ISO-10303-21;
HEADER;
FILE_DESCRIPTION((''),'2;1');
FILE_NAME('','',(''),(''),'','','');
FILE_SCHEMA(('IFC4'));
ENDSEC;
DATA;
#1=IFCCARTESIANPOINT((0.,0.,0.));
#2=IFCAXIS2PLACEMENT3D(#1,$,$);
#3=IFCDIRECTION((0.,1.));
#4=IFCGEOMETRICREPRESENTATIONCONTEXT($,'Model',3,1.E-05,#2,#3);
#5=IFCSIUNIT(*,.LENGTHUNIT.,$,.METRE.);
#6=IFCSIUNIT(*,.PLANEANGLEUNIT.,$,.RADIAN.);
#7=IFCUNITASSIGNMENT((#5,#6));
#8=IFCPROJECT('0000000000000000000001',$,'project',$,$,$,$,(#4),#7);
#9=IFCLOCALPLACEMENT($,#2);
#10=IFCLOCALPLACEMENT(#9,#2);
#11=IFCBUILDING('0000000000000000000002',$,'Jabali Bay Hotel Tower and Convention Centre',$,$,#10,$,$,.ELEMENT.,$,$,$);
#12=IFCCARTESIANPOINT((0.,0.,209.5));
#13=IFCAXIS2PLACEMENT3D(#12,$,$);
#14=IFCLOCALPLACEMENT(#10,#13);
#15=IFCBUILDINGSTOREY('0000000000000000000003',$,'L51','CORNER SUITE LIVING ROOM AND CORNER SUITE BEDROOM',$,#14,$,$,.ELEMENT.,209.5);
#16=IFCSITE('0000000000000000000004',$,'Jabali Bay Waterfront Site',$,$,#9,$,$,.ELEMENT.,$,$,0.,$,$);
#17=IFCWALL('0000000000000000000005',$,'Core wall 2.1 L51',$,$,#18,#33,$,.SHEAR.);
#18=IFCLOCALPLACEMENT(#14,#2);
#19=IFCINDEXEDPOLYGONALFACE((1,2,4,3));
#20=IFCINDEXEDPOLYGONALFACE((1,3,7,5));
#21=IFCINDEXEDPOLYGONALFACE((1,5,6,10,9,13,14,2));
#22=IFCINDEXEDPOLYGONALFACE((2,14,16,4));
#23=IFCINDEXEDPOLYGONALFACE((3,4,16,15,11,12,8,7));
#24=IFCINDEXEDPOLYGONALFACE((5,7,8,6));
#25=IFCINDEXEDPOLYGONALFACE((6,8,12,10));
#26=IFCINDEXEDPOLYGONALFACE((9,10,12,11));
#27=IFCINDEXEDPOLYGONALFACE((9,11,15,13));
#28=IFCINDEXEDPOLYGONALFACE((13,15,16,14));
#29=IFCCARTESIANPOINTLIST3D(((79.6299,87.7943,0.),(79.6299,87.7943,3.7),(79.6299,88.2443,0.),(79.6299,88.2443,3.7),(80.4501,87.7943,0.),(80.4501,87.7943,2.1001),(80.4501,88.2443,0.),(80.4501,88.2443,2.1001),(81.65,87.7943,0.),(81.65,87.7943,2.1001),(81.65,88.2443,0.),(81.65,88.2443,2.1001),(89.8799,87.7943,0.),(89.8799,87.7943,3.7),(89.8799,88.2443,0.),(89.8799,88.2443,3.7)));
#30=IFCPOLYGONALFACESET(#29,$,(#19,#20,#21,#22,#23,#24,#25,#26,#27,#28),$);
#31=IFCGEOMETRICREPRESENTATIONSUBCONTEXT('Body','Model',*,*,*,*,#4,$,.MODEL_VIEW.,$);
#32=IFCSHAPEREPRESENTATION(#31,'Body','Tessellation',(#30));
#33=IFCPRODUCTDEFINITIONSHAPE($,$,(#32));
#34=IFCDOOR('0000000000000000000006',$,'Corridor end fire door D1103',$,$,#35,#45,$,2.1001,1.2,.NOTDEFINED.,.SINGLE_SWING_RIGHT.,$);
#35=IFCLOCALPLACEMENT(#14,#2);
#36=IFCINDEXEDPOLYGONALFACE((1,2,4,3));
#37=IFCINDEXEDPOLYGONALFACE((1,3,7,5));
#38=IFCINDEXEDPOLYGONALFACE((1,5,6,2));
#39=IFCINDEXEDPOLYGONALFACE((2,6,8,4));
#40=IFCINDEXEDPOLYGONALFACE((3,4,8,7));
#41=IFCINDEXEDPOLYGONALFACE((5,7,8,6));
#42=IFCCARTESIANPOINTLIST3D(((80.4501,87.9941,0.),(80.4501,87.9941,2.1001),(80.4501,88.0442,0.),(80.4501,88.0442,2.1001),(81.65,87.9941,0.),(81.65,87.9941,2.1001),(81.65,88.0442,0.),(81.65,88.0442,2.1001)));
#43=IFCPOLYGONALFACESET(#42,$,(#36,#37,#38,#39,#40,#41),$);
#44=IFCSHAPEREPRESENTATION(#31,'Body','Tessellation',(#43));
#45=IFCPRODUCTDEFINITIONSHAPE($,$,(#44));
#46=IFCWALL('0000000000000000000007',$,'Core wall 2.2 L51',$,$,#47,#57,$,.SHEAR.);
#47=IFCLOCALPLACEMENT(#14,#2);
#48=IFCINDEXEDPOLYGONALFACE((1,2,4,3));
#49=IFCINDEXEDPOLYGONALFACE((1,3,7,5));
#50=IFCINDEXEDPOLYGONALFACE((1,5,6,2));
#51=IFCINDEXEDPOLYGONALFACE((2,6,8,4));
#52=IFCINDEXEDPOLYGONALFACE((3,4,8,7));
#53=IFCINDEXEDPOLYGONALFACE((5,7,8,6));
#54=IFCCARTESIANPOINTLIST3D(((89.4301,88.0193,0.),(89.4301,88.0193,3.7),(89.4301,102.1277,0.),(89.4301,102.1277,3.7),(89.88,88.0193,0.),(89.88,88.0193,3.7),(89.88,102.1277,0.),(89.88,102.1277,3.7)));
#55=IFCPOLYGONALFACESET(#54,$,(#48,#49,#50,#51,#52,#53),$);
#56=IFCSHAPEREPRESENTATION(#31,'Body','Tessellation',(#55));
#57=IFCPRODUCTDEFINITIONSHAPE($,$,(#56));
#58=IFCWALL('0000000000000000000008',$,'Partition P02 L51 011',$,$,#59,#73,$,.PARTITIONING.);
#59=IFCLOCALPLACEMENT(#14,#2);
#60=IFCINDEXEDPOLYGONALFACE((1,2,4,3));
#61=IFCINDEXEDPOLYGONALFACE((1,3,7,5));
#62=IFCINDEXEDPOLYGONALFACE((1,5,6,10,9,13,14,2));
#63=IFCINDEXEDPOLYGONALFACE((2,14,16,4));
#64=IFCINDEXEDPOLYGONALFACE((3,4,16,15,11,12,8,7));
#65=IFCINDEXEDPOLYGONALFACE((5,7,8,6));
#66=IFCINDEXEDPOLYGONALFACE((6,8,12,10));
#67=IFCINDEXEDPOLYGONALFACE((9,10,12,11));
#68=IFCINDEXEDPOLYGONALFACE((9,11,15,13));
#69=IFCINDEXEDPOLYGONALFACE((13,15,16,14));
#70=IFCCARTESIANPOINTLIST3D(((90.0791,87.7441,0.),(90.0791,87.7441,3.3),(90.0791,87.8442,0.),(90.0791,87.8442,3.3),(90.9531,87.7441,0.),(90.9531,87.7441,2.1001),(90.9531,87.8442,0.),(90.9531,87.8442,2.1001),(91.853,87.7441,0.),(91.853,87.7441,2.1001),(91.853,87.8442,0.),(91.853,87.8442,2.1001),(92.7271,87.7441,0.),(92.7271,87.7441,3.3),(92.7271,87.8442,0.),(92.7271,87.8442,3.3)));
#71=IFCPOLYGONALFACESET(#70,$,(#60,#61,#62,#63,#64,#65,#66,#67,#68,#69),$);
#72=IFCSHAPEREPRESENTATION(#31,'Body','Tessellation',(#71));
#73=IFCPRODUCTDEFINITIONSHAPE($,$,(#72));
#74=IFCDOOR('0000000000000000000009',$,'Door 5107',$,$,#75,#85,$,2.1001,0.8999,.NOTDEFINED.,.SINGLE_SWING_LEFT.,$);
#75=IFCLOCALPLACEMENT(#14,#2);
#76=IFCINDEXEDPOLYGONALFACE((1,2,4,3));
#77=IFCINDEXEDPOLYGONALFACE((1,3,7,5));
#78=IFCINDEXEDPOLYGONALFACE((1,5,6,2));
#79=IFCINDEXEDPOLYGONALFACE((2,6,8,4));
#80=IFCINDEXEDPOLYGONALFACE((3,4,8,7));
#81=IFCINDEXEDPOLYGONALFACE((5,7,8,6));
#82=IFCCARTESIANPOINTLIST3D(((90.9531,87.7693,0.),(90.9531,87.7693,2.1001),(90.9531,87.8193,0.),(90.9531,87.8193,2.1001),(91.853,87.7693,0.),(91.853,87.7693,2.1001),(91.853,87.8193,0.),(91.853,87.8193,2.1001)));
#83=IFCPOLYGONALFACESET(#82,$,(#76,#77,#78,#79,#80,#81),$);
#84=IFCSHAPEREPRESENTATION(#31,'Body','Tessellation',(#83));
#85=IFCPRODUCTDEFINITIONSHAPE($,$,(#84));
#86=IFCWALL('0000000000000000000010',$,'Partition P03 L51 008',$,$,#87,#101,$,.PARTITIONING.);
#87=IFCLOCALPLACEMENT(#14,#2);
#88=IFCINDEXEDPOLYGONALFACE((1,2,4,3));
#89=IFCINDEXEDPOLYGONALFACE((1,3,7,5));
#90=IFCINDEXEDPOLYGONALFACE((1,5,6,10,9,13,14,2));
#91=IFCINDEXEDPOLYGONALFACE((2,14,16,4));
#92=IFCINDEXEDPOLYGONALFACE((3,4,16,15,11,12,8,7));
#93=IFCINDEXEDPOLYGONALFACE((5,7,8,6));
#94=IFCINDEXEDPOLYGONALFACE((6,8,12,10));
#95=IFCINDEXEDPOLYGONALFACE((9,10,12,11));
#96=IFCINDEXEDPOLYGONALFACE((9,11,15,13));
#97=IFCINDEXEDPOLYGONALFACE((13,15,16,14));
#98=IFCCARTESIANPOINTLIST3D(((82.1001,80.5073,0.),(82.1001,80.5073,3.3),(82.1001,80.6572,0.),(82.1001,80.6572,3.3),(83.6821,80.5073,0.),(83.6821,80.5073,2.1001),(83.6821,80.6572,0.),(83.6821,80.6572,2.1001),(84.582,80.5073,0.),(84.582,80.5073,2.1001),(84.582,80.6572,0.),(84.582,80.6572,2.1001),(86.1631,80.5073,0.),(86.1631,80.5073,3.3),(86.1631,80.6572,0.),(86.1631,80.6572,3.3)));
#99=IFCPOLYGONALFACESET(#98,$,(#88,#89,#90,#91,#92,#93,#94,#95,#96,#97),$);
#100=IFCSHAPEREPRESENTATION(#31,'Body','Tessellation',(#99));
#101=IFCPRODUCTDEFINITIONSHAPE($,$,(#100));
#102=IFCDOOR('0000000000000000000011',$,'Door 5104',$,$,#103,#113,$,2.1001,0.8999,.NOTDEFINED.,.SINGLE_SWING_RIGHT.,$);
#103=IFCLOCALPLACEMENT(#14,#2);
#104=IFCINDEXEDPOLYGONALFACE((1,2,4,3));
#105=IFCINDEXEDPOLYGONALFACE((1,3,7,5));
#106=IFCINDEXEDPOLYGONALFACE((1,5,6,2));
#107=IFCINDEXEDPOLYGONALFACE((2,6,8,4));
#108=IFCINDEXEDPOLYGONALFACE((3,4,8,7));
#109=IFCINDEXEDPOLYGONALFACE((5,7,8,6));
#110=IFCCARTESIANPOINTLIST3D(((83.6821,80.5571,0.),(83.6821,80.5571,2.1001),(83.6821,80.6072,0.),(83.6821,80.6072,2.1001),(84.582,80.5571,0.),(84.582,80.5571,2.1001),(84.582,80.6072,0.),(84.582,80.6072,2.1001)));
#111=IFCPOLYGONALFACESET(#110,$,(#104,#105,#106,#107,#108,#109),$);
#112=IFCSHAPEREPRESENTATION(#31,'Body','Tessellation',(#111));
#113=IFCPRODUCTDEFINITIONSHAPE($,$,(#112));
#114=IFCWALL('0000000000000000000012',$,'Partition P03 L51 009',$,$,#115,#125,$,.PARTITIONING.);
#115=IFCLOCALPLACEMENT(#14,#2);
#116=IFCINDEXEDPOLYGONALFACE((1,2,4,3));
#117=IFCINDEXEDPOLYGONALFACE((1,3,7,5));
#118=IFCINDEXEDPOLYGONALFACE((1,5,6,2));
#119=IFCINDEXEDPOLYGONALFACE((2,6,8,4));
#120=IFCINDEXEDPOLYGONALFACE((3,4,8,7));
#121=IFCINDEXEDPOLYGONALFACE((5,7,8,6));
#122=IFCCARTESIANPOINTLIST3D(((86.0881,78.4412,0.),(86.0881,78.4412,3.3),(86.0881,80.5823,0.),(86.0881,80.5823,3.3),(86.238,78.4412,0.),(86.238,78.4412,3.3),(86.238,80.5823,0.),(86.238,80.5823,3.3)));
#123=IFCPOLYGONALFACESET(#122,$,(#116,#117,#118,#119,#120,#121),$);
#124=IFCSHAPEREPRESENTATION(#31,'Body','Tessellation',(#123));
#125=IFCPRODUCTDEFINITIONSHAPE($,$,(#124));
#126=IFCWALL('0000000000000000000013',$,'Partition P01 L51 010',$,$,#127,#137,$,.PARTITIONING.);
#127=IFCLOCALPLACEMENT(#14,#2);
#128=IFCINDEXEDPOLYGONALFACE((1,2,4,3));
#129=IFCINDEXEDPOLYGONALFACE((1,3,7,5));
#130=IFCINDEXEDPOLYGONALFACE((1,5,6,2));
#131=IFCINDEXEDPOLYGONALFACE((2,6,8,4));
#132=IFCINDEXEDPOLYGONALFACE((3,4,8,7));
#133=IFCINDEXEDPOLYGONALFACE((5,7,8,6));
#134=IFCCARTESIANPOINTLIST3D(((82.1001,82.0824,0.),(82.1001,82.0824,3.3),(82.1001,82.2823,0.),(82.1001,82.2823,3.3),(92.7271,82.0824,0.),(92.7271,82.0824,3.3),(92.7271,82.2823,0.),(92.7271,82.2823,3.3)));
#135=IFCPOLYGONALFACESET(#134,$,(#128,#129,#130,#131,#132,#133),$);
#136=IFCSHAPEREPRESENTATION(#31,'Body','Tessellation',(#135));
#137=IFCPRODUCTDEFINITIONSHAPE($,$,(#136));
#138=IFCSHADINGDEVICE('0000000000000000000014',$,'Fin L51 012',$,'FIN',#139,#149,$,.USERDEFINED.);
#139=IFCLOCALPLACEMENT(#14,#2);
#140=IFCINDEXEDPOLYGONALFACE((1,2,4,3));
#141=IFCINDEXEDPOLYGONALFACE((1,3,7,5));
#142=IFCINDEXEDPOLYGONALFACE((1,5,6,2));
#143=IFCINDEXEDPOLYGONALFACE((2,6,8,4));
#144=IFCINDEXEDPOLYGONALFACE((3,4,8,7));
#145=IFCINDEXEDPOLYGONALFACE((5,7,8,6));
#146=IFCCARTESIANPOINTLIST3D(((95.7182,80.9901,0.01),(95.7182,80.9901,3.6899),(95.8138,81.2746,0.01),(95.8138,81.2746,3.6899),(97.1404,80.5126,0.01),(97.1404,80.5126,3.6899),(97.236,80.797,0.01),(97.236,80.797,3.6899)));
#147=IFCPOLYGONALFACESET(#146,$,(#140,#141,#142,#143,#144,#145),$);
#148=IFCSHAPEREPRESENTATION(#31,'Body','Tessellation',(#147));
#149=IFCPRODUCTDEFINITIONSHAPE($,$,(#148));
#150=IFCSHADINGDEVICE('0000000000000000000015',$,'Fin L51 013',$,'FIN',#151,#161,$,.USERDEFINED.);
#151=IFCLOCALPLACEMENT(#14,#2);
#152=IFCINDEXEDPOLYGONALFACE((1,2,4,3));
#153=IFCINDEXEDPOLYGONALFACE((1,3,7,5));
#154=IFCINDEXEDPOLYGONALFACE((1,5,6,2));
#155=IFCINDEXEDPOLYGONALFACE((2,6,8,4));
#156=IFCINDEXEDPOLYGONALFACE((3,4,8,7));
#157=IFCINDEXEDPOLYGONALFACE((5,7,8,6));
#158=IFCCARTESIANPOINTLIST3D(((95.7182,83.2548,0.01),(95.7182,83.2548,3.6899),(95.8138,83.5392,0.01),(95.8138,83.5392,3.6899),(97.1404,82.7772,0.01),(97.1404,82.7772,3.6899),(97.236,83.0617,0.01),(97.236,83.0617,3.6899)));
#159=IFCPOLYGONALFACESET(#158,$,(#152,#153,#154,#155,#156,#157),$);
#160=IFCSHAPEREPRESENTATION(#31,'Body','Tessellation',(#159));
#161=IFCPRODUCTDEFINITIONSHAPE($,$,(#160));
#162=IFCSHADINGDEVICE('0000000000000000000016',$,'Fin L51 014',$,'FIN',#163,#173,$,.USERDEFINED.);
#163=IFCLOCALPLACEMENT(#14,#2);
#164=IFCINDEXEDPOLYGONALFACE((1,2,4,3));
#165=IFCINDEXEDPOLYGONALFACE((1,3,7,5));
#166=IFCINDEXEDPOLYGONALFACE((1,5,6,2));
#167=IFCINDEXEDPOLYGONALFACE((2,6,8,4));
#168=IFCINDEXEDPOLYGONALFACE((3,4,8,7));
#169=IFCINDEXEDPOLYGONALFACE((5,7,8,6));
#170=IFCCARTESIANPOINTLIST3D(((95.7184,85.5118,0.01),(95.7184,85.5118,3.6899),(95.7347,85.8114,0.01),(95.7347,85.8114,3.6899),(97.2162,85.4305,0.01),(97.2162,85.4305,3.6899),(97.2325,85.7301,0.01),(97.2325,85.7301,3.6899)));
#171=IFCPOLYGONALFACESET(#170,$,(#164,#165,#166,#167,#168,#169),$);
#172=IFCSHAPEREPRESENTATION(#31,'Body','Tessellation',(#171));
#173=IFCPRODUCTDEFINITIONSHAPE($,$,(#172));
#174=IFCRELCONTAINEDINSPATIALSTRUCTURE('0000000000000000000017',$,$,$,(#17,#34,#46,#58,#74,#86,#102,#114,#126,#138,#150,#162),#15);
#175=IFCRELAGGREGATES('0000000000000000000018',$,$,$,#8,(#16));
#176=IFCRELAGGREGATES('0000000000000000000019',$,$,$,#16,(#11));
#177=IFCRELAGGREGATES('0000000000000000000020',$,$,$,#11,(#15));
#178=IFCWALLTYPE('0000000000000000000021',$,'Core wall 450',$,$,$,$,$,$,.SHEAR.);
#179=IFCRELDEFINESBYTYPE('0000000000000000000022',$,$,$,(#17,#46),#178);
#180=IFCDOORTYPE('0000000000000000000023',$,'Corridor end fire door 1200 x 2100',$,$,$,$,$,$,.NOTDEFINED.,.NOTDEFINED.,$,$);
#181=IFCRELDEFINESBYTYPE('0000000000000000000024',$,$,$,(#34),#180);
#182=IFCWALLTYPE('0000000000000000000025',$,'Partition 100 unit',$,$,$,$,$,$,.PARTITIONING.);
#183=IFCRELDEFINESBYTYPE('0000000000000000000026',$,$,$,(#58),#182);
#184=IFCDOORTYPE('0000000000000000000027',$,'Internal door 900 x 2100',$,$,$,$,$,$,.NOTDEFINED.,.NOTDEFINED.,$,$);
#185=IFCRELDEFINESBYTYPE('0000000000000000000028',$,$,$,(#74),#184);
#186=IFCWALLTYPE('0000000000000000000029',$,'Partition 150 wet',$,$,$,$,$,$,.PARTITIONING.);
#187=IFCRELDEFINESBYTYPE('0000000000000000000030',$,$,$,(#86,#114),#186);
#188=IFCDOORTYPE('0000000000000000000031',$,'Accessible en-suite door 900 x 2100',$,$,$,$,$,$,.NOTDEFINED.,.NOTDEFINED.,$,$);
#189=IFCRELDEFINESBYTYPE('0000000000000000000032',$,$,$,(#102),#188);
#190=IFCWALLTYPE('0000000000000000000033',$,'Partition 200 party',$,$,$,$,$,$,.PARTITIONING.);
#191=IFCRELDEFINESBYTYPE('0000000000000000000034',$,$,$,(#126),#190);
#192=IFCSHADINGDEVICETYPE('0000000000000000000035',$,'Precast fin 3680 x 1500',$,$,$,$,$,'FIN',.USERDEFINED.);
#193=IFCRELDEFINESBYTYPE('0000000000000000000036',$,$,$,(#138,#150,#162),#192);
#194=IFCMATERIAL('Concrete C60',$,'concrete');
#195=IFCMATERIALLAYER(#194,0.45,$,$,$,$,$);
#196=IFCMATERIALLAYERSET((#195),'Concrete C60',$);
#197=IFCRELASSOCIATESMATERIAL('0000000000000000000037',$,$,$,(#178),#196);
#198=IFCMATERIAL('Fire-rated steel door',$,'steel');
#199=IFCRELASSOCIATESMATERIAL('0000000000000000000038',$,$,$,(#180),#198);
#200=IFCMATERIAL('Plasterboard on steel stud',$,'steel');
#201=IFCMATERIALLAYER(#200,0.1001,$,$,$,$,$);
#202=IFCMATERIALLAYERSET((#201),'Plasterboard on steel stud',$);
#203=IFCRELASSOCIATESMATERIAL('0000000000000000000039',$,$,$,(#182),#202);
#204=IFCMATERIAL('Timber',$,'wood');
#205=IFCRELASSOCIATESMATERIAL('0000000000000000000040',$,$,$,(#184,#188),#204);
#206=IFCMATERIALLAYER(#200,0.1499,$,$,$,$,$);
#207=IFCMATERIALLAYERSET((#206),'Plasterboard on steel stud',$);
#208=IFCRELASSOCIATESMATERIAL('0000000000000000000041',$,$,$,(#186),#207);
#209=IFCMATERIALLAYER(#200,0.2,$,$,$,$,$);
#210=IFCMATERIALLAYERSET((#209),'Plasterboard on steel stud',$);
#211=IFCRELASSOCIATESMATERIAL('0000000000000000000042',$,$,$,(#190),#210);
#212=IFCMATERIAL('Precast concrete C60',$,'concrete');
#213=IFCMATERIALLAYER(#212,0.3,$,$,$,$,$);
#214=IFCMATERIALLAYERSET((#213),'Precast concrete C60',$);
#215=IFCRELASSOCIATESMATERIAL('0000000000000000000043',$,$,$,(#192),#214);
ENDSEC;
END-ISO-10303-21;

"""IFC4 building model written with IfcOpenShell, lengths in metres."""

from ifc_helpers import new_model, si_unit, direction, frame, frame_2d, origin, place, context, subcontext, project, spatial, rectangle, extrude, material, layer, layer_set, type_object, element, fill, save


model = new_model("IFC4")

# Units and contexts
model_context = context("Model", 3, precision=1e-05, world=origin(), true_north=direction((0.0, 1.0)))
body_context = subcontext(model_context, "Body", "Model", "MODEL_VIEW")
ifc_project = project(units=[si_unit("LENGTHUNIT", "METRE"), si_unit("PLANEANGLEUNIT", "RADIAN")], contexts=[model_context])

# Site, building, storey
site_placement = place(None, origin())
site = spatial("IfcSite", under=ifc_project, at=site_placement, Name="Jabali Bay Waterfront Site", CompositionType="ELEMENT", RefElevation=0.0)
building_placement = place(site_placement, origin())
building = spatial("IfcBuilding", under=site, at=building_placement, Name="Jabali Bay Hotel Tower and Convention Centre", CompositionType="ELEMENT")
storey_placement = place(building_placement, frame((0.0, 0.0, 209.5)))
storey = spatial("IfcBuildingStorey", under=building, at=storey_placement, Name="L51", Description="CORNER SUITE LIVING ROOM AND CORNER SUITE BEDROOM", CompositionType="ELEMENT", Elevation=209.5)

# Shared definitions
ifc_material_1 = material(Name="Concrete C60", Category="concrete")

# Shared definitions
ifc_material_2 = material(Name="Fire-rated steel door", Category="steel")

# Wall, opening, door
ifc_layer_1 = layer(ifc_material_1, 0.45)
ifc_layer_set_1 = layer_set([ifc_layer_1], Name="Concrete C60")
wall_type_1 = type_object("IfcWallType", Name="Core wall 450", PredefinedType="SHEAR", material=ifc_layer_set_1)
wall_1_placement = place(storey_placement, frame((79.6299, 88.0193, 0.0), z_axis=(0.0, 0.0, 1.0), x_axis=(1.0, 0.0, 0.0)))
wall_1 = element("IfcWall", 1, at=wall_1_placement, inside=storey, type_object=wall_type_1, Name="Core wall 2.1 L51", PredefinedType="SHEAR", context=body_context, shape_type="SweptSolid", body=[
    extrude(rectangle(XDim=10.25, YDim=0.45, at=frame_2d((5.125, 0.0))), origin(), (0.0, 0.0, 1.0), 3.7),
])
opening_1_placement = place(wall_1_placement, frame((0.8201, 0.0, 0.0)))
opening_1 = element("IfcOpeningElement", 2, at=opening_1_placement, cuts=wall_1, PredefinedType="OPENING", context=body_context, shape_type="SweptSolid", body=[
    extrude(rectangle(XDim=1.2, YDim=2.1001, at=frame_2d((0.6001, 1.05))), frame((0.0, 0.2354, 0.0), z_axis=(0.0, -1.0, 0.0), x_axis=(1.0, 0.0, 0.0)), (0.0, 0.0, 1.0), 0.4709),
])
door_type_1 = type_object("IfcDoorType", Name="Corridor end fire door 1200 x 2100", OperationType="NOTDEFINED", PredefinedType="NOTDEFINED", material=ifc_material_2)
door_1_placement = place(opening_1_placement, origin())
door_1 = element("IfcDoor", 3, at=door_1_placement, inside=storey, type_object=door_type_1, Name="Corridor end fire door D1103", OperationType="SINGLE_SWING_RIGHT", OverallHeight=2.1001, OverallWidth=1.2, PredefinedType="NOTDEFINED", context=body_context, shape_type="SweptSolid", body=[
    extrude(rectangle(XDim=1.2, YDim=2.1001, at=frame_2d((0.6001, 1.05))), frame((0.0, 0.0249, 0.0), z_axis=(0.0, -1.0, 0.0), x_axis=(1.0, 0.0, 0.0)), (0.0, 0.0, 1.0), 0.05),
])
fill(opening_1, door_1)

# Wall
wall_2_placement = place(storey_placement, frame((89.655, 88.0193, 0.0), z_axis=(0.0, 0.0, 1.0), x_axis=(0.0, 1.0, 0.0)))
element("IfcWall", 4, at=wall_2_placement, inside=storey, type_object=wall_type_1, Name="Core wall 2.2 L51", PredefinedType="SHEAR", context=body_context, shape_type="SweptSolid", body=[
    extrude(rectangle(XDim=14.1084, YDim=0.45, at=frame_2d((7.0542, 0.0))), origin(), (0.0, 0.0, 1.0), 3.7),
])

# Walls, openings, doors
ifc_material_3 = material(Name="Plasterboard on steel stud", Category="steel")
ifc_layer_2 = layer(ifc_material_3, 0.1001)
ifc_layer_set_2 = layer_set([ifc_layer_2], Name="Plasterboard on steel stud")
wall_type_2 = type_object("IfcWallType", Name="Partition 100 unit", PredefinedType="PARTITIONING", material=ifc_layer_set_2)
wall_3_placement = place(storey_placement, frame((92.7271, 87.7942, 0.0), z_axis=(0.0, 0.0, 1.0), x_axis=(-1.0, 0.0, 0.0)))
wall_3 = element("IfcWall", 5, at=wall_3_placement, inside=storey, type_object=wall_type_2, Name="Partition P02 L51 011", PredefinedType="PARTITIONING", context=body_context, shape_type="SweptSolid", body=[
    extrude(rectangle(XDim=2.6479, YDim=0.1001, at=frame_2d((1.324, 0.0))), origin(), (0.0, 0.0, 1.0), 3.3),
])
opening_2_placement = place(wall_3_placement, frame((0.874, 0.0, 0.0)))
opening_2 = element("IfcOpeningElement", 6, at=opening_2_placement, cuts=wall_3, PredefinedType="OPENING", context=body_context, shape_type="SweptSolid", body=[
    extrude(rectangle(XDim=0.8999, YDim=2.1001, at=frame_2d((0.45, 1.05))), frame((0.0, 0.0605, 0.0), z_axis=(0.0, -1.0, 0.0), x_axis=(1.0, 0.0, 0.0)), (0.0, 0.0, 1.0), 0.1211),
])
ifc_material_4 = material(Name="Timber", Category="wood")
door_type_2 = type_object("IfcDoorType", Name="Internal door 900 x 2100", OperationType="NOTDEFINED", PredefinedType="NOTDEFINED", material=ifc_material_4)
door_2_placement = place(opening_2_placement, origin())
door_2 = element("IfcDoor", 7, at=door_2_placement, inside=storey, type_object=door_type_2, Name="Door 5107", OperationType="SINGLE_SWING_LEFT", OverallHeight=2.1001, OverallWidth=0.8999, PredefinedType="NOTDEFINED", context=body_context, shape_type="SweptSolid", body=[
    extrude(rectangle(XDim=0.8999, YDim=2.1001, at=frame_2d((0.45, 1.05))), frame((0.0, 0.0249, 0.0), z_axis=(0.0, -1.0, 0.0), x_axis=(1.0, 0.0, 0.0)), (0.0, 0.0, 1.0), 0.05),
])
fill(opening_2, door_2)
ifc_layer_3 = layer(ifc_material_3, 0.1499)
ifc_layer_set_3 = layer_set([ifc_layer_3], Name="Plasterboard on steel stud")
wall_type_3 = type_object("IfcWallType", Name="Partition 150 wet", PredefinedType="PARTITIONING", material=ifc_layer_set_3)
wall_4_placement = place(storey_placement, frame((82.1001, 80.5823, 0.0), z_axis=(0.0, 0.0, 1.0), x_axis=(1.0, 0.0, 0.0)))
wall_4 = element("IfcWall", 8, at=wall_4_placement, inside=storey, type_object=wall_type_3, Name="Partition P03 L51 008", PredefinedType="PARTITIONING", context=body_context, shape_type="SweptSolid", body=[
    extrude(rectangle(XDim=4.063, YDim=0.1499, at=frame_2d((2.0315, 0.0))), origin(), (0.0, 0.0, 1.0), 3.3),
])
opening_3_placement = place(wall_4_placement, frame((1.582, 0.0, 0.0)))
opening_3 = element("IfcOpeningElement", 9, at=opening_3_placement, cuts=wall_4, PredefinedType="OPENING", context=body_context, shape_type="SweptSolid", body=[
    extrude(rectangle(XDim=0.8999, YDim=2.1001, at=frame_2d((0.45, 1.05))), frame((0.0, 0.0854, 0.0), z_axis=(0.0, -1.0, 0.0), x_axis=(1.0, 0.0, 0.0)), (0.0, 0.0, 1.0), 0.1709),
])
door_type_3 = type_object("IfcDoorType", Name="Accessible en-suite door 900 x 2100", OperationType="NOTDEFINED", PredefinedType="NOTDEFINED", material=ifc_material_4)
door_3_placement = place(opening_3_placement, origin())
door_3 = element("IfcDoor", 10, at=door_3_placement, inside=storey, type_object=door_type_3, Name="Door 5104", OperationType="SINGLE_SWING_RIGHT", OverallHeight=2.1001, OverallWidth=0.8999, PredefinedType="NOTDEFINED", context=body_context, shape_type="SweptSolid", body=[
    extrude(rectangle(XDim=0.8999, YDim=2.1001, at=frame_2d((0.45, 1.05))), frame((0.0, 0.0249, 0.0), z_axis=(0.0, -1.0, 0.0), x_axis=(1.0, 0.0, 0.0)), (0.0, 0.0, 1.0), 0.05),
])
fill(opening_3, door_3)

# Walls
wall_5_placement = place(storey_placement, frame((86.1631, 80.5823, 0.0), z_axis=(0.0, 0.0, 1.0), x_axis=(0.0, -1.0, 0.0)))
element("IfcWall", 11, at=wall_5_placement, inside=storey, type_object=wall_type_3, Name="Partition P03 L51 009", PredefinedType="PARTITIONING", context=body_context, shape_type="SweptSolid", body=[
    extrude(rectangle(XDim=2.1411, YDim=0.1499, at=frame_2d((1.0706, 0.0))), origin(), (0.0, 0.0, 1.0), 3.3),
])
ifc_layer_4 = layer(ifc_material_3, 0.2)
ifc_layer_set_4 = layer_set([ifc_layer_4], Name="Plasterboard on steel stud")
wall_type_4 = type_object("IfcWallType", Name="Partition 200 party", PredefinedType="PARTITIONING", material=ifc_layer_set_4)
wall_6_placement = place(storey_placement, frame((92.7271, 82.1824, 0.0), z_axis=(0.0, 0.0, 1.0), x_axis=(-1.0, 0.0, 0.0)))
element("IfcWall", 12, at=wall_6_placement, inside=storey, type_object=wall_type_4, Name="Partition P01 L51 010", PredefinedType="PARTITIONING", context=body_context, shape_type="SweptSolid", body=[
    extrude(rectangle(XDim=10.627, YDim=0.2, at=frame_2d((5.3135, 0.0))), origin(), (0.0, 0.0, 1.0), 3.3),
])

# Shading devices
ifc_material_5 = material(Name="Precast concrete C60", Category="concrete")
ifc_layer_5 = layer(ifc_material_5, 0.3)
ifc_layer_set_5 = layer_set([ifc_layer_5], Name="Precast concrete C60")
shading_device_type = type_object("IfcShadingDeviceType", Name="Precast fin 3680 x 1500", ElementType="FIN", PredefinedType="USERDEFINED", material=ifc_layer_set_5)
for number, where, z_axis, x_axis, name in (
    (13, (95.7661, 81.1323, 0.01), (0.0, 0.0, 1.0), (0.947981, -0.318326, 0.0), "Fin L51 012"),
    (14, (95.7661, 83.397, 0.01), (0.0, 0.0, 1.0), (0.947981, -0.318326, 0.0), "Fin L51 013"),
):
    element("IfcShadingDevice", number, at=place(storey_placement, frame(where, z_axis=z_axis, x_axis=x_axis)), inside=storey, type_object=shading_device_type, Name=name, ObjectType="FIN", PredefinedType="USERDEFINED", context=body_context, shape_type="SweptSolid", body=[
        extrude(rectangle(XDim=1.5002, YDim=0.3, at=frame_2d((0.75, 0.0))), origin(), (0.0, 0.0, 1.0), 3.6799),
    ])
for number, where, z_axis, x_axis, name in (
    (15, (95.7266, 85.6616, 0.01), (0.0, 0.0, 1.0), (0.99853, -0.054199, 0.0), "Fin L51 014"),
):
    element("IfcShadingDevice", number, at=place(storey_placement, frame(where, z_axis=z_axis, x_axis=x_axis)), inside=storey, type_object=shading_device_type, Name=name, ObjectType="FIN", PredefinedType="USERDEFINED", context=body_context, shape_type="SweptSolid", body=[
        extrude(rectangle(XDim=1.5, YDim=0.3, at=frame_2d((0.75, 0.0))), origin(), (0.0, 0.0, 1.0), 3.6799),
    ])

save(model, "model.ifc")
